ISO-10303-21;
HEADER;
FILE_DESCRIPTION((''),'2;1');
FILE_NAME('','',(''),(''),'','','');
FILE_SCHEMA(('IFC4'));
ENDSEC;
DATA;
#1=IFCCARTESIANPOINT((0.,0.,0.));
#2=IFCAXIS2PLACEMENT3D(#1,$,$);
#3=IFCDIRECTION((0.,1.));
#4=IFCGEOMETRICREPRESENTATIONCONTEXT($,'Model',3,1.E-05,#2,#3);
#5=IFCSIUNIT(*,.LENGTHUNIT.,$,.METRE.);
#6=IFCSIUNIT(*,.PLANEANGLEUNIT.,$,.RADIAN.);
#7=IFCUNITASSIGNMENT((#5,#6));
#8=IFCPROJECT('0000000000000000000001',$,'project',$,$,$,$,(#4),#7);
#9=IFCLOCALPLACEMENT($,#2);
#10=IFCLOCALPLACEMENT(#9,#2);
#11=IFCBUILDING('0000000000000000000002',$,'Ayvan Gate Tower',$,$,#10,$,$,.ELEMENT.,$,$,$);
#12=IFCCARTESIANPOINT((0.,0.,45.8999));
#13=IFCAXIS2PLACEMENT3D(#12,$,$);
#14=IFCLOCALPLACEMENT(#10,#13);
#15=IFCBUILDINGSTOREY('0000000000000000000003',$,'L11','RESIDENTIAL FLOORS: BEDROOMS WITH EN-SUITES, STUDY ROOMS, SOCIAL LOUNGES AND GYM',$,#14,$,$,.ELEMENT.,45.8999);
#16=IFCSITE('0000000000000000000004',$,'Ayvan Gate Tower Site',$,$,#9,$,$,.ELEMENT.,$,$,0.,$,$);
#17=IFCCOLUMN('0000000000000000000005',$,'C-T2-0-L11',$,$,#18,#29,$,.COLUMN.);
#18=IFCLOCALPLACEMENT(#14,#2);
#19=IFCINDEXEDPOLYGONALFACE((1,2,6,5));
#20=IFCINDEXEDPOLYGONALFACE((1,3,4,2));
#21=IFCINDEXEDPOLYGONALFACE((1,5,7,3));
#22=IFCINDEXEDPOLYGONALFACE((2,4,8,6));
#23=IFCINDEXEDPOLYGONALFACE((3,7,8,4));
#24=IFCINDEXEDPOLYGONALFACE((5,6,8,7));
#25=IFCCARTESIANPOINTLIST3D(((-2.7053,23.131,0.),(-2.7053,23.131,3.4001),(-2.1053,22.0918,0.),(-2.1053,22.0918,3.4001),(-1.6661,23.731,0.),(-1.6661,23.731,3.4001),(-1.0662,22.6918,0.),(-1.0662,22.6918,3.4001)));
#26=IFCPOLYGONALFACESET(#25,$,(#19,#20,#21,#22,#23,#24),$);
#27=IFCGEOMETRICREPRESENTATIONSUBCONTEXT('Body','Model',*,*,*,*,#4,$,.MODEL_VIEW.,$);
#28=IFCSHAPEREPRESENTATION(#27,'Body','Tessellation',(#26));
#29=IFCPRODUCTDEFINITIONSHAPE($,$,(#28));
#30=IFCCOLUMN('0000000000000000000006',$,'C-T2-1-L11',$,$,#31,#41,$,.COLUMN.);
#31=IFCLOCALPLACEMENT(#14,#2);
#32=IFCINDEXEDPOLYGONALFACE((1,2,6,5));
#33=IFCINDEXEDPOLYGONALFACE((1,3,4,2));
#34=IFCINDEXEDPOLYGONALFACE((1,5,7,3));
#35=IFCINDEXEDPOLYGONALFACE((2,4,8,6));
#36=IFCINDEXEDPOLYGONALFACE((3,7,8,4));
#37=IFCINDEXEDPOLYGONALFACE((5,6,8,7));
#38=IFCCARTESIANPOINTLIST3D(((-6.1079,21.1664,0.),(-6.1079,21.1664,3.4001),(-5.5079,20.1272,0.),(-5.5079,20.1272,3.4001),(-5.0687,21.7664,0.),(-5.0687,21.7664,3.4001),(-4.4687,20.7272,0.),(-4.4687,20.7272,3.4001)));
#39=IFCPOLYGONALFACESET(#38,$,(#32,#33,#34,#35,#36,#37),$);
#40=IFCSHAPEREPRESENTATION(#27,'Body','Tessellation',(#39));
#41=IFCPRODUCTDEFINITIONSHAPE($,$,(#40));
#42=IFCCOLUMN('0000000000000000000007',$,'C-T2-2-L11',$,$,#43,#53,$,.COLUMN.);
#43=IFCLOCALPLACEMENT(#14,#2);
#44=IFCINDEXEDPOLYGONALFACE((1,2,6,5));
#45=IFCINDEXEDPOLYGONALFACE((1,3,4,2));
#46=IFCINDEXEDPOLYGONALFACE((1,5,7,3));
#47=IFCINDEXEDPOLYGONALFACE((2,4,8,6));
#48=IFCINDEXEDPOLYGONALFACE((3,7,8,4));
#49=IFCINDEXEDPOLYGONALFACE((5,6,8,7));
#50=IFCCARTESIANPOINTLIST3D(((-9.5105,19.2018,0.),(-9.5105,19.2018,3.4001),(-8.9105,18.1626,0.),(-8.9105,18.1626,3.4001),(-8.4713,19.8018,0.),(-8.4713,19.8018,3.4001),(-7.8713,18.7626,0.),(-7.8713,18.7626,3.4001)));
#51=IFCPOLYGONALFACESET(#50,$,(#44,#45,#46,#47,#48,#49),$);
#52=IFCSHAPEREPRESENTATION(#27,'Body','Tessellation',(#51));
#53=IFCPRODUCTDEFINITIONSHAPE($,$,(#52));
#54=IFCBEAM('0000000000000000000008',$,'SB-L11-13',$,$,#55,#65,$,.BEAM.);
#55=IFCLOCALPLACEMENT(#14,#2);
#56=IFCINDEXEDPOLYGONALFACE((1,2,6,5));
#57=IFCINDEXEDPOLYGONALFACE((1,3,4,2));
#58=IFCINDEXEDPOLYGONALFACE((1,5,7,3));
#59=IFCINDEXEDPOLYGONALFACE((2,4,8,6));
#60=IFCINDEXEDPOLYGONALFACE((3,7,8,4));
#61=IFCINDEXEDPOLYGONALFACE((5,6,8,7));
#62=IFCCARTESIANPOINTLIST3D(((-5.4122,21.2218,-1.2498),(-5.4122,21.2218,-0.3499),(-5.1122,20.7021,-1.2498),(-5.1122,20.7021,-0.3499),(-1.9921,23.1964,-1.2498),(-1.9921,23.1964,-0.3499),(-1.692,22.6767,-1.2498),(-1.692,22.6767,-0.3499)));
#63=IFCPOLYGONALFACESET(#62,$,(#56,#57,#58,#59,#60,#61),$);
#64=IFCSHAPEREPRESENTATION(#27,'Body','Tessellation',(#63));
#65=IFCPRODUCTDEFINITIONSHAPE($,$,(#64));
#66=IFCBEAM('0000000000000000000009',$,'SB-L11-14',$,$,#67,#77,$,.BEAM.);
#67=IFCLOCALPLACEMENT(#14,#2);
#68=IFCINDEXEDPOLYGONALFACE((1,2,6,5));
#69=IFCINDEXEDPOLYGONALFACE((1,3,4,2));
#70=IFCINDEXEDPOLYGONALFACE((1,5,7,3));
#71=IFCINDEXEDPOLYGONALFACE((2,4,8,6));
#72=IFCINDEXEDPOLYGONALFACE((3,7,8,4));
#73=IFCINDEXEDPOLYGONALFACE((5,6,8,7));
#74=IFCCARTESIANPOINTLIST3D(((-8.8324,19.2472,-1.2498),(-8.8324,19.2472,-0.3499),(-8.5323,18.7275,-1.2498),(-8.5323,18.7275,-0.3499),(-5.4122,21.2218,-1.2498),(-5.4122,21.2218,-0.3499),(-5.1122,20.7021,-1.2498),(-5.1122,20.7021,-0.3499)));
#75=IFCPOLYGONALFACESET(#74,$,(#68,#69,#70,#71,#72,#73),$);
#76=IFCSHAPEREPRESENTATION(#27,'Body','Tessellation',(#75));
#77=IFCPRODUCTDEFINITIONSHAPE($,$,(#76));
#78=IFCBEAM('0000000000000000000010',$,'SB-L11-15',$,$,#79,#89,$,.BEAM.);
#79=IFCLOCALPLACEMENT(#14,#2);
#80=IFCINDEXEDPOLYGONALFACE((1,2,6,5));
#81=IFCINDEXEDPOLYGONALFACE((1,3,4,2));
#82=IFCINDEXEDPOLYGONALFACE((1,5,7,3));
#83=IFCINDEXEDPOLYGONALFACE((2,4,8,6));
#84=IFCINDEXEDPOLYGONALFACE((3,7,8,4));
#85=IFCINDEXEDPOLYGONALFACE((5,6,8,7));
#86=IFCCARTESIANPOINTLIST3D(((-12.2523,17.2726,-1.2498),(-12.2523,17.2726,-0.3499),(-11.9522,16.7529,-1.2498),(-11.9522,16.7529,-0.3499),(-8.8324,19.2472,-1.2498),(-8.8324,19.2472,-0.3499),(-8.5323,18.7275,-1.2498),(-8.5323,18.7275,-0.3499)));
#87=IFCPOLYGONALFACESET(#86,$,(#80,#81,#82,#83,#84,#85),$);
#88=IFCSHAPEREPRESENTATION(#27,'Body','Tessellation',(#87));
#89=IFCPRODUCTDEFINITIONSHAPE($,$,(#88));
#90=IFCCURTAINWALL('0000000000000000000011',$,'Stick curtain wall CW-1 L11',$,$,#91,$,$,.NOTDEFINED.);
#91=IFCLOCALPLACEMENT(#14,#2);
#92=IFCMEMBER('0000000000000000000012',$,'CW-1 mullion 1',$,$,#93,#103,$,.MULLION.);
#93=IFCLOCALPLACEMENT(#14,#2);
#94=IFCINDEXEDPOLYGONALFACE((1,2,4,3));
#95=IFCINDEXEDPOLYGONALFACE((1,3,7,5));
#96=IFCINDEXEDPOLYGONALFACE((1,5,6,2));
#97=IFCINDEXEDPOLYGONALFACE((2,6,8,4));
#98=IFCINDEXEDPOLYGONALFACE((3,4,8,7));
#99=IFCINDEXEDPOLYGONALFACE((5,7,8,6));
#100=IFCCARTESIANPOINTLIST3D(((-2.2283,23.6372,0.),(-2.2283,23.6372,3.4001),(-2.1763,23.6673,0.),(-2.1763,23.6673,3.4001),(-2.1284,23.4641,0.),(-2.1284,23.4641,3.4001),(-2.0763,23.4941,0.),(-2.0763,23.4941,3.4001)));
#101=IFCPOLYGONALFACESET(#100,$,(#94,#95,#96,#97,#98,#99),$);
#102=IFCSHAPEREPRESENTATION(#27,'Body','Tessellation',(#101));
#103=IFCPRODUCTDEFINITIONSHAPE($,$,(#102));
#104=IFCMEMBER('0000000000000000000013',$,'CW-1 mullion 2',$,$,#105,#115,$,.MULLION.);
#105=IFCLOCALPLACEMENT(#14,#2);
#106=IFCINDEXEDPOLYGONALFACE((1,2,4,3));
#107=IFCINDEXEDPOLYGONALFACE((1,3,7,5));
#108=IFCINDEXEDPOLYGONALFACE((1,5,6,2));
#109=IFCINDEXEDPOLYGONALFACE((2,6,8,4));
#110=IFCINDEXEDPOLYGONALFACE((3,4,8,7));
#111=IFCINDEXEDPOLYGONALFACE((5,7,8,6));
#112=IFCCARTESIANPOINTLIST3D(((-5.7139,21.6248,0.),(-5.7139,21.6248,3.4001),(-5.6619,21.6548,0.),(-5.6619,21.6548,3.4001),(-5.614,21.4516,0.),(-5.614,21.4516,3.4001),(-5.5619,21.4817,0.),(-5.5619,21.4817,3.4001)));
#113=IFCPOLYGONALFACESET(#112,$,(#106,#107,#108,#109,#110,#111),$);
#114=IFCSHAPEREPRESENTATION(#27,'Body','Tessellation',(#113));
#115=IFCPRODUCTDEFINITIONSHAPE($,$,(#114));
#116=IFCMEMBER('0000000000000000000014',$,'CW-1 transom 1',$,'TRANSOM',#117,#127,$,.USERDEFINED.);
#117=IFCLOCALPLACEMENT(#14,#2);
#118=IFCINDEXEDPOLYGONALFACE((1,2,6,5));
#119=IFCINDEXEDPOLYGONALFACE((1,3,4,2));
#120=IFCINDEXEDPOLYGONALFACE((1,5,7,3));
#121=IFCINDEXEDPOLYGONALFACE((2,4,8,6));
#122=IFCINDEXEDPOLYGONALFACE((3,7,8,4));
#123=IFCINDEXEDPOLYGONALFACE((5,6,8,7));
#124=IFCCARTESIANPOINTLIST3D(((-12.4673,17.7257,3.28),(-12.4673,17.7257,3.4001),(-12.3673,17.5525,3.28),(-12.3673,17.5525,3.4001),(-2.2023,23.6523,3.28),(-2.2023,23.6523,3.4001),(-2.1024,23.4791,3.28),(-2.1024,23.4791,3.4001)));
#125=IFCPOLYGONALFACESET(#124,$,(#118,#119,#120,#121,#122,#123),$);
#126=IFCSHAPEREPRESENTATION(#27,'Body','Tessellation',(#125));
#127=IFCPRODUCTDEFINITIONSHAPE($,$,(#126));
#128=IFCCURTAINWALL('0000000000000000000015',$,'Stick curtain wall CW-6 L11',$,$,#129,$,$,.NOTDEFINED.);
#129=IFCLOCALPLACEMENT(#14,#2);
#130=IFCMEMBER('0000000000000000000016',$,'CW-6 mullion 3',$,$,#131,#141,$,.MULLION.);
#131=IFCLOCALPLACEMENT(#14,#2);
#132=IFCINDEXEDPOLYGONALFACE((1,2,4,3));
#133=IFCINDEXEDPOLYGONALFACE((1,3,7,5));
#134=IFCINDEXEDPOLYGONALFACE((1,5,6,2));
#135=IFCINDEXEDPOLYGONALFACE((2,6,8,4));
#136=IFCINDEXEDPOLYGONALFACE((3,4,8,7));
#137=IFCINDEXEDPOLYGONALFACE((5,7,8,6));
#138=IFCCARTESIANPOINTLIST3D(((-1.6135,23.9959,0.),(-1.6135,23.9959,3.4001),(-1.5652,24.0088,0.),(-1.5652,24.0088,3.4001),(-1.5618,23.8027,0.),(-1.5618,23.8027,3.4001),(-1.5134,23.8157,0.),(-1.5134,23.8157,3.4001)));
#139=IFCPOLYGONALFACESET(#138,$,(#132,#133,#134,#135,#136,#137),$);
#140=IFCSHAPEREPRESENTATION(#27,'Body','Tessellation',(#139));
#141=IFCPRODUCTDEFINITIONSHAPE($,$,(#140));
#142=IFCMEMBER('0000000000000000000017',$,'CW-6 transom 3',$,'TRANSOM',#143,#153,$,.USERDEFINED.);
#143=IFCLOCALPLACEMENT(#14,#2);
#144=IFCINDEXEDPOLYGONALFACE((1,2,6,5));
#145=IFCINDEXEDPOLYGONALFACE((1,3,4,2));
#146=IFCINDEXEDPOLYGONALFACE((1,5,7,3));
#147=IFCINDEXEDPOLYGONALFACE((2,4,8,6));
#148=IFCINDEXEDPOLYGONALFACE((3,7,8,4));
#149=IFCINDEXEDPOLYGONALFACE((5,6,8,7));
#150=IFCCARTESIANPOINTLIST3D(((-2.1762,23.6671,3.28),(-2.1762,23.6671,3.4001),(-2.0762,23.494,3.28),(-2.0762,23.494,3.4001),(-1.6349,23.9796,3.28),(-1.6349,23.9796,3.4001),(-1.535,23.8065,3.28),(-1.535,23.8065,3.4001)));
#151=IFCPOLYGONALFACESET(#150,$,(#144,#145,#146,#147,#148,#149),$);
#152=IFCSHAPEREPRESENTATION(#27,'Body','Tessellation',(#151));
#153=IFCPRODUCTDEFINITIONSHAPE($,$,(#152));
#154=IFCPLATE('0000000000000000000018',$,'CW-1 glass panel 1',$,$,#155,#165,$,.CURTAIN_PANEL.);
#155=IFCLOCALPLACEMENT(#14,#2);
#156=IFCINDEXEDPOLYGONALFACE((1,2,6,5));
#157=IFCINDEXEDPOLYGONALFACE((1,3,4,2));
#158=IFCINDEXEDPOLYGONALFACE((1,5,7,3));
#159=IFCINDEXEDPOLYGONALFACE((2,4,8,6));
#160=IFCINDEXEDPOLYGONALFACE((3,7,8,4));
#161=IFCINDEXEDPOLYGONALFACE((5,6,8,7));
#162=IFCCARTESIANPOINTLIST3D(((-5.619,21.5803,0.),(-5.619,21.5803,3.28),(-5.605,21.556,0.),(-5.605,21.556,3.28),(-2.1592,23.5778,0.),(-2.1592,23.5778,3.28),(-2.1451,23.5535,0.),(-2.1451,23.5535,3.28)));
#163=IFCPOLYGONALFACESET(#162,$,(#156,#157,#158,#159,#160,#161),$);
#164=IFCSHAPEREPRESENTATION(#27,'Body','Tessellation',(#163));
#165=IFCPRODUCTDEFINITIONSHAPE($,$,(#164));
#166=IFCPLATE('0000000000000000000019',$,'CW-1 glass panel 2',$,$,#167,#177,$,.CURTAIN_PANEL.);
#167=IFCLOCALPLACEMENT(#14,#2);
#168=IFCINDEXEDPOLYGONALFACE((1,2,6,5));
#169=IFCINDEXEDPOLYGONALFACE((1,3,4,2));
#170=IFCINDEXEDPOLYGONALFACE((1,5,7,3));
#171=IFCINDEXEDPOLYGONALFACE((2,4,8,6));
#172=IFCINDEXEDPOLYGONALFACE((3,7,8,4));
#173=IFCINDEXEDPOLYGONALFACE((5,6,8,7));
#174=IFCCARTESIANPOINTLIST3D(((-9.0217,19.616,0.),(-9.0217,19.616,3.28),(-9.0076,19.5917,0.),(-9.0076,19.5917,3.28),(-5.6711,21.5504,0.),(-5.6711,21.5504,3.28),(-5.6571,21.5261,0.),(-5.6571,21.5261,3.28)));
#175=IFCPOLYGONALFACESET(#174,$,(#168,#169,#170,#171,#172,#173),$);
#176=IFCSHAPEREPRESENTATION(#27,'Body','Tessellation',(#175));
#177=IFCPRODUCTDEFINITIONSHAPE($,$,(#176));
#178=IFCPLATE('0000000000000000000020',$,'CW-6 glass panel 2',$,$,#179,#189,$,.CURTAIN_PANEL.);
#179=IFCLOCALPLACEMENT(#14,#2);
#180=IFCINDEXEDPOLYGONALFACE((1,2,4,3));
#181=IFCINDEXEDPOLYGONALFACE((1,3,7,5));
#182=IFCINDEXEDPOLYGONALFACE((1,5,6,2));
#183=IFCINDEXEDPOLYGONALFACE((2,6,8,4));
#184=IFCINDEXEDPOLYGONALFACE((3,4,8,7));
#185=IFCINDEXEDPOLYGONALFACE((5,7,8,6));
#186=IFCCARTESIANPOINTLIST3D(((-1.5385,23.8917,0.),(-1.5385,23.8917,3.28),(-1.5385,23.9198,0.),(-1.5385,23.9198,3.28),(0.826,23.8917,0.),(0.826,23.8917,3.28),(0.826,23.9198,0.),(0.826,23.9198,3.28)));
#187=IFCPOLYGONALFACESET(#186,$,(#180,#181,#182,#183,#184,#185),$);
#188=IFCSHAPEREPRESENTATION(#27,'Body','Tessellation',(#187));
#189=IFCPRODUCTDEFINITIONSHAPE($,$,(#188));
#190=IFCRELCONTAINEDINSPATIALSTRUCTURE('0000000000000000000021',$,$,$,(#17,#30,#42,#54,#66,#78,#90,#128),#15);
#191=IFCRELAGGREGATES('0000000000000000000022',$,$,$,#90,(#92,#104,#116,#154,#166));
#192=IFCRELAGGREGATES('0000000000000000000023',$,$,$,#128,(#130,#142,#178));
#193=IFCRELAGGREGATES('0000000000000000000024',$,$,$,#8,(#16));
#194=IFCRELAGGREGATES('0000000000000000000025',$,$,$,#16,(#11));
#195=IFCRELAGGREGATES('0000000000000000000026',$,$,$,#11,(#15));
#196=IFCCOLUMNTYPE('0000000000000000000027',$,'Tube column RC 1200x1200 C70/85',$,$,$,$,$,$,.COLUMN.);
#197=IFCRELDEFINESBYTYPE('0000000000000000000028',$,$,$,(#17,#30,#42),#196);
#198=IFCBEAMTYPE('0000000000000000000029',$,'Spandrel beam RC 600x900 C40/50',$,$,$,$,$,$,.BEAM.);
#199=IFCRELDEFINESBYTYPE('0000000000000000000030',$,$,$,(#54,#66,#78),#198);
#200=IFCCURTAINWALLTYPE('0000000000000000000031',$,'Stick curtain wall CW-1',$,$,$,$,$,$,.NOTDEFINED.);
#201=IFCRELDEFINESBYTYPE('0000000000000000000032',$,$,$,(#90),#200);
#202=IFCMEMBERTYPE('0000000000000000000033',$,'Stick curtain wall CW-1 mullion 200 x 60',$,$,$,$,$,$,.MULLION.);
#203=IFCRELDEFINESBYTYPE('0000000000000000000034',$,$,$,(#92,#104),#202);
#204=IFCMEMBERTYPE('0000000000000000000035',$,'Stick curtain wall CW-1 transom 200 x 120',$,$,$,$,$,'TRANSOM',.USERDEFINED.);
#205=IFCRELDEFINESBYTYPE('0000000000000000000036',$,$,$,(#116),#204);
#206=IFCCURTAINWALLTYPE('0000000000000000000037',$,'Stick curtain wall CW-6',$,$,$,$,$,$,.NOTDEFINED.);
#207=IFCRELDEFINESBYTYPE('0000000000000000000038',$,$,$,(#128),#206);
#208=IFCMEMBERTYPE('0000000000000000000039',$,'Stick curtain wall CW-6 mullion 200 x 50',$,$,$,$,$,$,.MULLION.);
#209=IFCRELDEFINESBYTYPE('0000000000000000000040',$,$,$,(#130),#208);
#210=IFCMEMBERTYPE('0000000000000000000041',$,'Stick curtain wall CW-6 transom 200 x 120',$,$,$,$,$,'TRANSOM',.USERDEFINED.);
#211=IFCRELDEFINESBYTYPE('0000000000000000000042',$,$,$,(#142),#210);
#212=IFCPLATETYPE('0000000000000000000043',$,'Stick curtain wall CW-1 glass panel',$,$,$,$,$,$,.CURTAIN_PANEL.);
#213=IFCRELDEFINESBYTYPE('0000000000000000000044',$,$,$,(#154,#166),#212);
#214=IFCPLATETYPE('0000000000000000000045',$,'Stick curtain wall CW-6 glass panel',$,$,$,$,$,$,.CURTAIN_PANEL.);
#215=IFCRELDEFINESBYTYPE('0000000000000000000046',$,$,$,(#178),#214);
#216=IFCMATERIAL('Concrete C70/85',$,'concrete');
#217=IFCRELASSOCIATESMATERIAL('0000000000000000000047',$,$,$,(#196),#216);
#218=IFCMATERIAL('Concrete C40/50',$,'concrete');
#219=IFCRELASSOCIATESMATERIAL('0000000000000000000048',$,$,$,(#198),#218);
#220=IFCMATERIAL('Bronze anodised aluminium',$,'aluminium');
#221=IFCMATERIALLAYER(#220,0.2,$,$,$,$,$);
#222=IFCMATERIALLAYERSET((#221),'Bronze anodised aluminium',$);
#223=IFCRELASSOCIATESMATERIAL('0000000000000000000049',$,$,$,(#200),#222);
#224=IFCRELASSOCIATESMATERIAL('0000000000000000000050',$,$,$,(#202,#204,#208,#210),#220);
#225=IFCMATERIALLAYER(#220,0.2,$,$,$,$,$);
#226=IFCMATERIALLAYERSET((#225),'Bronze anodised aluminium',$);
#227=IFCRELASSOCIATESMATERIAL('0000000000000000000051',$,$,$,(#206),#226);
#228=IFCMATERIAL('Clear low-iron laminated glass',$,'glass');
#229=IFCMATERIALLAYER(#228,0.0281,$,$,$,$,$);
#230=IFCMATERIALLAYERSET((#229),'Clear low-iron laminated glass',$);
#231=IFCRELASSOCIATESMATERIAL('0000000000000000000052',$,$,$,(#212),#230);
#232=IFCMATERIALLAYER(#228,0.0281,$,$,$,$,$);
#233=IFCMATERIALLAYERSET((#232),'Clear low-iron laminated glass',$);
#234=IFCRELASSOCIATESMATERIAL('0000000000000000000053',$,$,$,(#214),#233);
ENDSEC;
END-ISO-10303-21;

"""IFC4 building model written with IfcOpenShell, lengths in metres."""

from ifc_helpers import new_model, si_unit, direction, frame, origin, origin_2d, place, context, subcontext, project, spatial, rectangle, extrude, material, layer, layer_set, material_profile, profile_set, type_object, element, aggregate, save


model = new_model("IFC4")

# Units and contexts
model_context = context("Model", 3, precision=1e-05, world=origin(), true_north=direction((0.0, 1.0)))
body_context = subcontext(model_context, "Body", "Model", "MODEL_VIEW")
ifc_project = project(units=[si_unit("LENGTHUNIT", "METRE"), si_unit("PLANEANGLEUNIT", "RADIAN")], contexts=[model_context])

# Site, building, storey
site_placement = place(None, origin())
site = spatial("IfcSite", under=ifc_project, at=site_placement, Name="Ayvan Gate Tower Site", CompositionType="ELEMENT", RefElevation=0.0)
building_placement = place(site_placement, origin())
building = spatial("IfcBuilding", under=site, at=building_placement, Name="Ayvan Gate Tower", CompositionType="ELEMENT")
storey_placement = place(building_placement, frame((0.0, 0.0, 45.8999)))
storey = spatial("IfcBuildingStorey", under=building, at=storey_placement, Name="L11", Description="RESIDENTIAL FLOORS: BEDROOMS WITH EN-SUITES, STUDY ROOMS, SOCIAL LOUNGES AND GYM", CompositionType="ELEMENT", Elevation=45.8999)

# Columns
ifc_material_1 = material(Name="Concrete C70/85", Category="concrete")
ifc_material_profile_1 = material_profile(ifc_material_1, rectangle(XDim=1.2, YDim=1.2, at=origin_2d()), Name="RC 1200x1200")
ifc_profile_set_1 = profile_set([ifc_material_profile_1], Name="Concrete C70/85")
column_type = type_object("IfcColumnType", Name="Tube column RC 1200x1200 C70/85", PredefinedType="COLUMN", material=ifc_profile_set_1)
for number, where, z_axis, x_axis, name in (
    (1, (-1.8857, 22.9114, 0.0), (0.0, 0.0, 1.0), (-0.5, 0.866025, 0.0), "C-T2-0-L11"),
    (2, (-5.2883, 20.9468, 0.0), (0.0, 0.0, 1.0), (-0.5, 0.866025, 0.0), "C-T2-1-L11"),
    (3, (-8.6909, 18.9822, 0.0), (0.0, 0.0, 1.0), (-0.5, 0.866025, 0.0), "C-T2-2-L11"),
):
    element("IfcColumn", number, at=place(storey_placement, frame(where, z_axis=z_axis, x_axis=x_axis)), inside=storey, type_object=column_type, Name=name, PredefinedType="COLUMN", context=body_context, shape_type="SweptSolid", body=[
        extrude(rectangle(XDim=1.2, YDim=1.2, at=origin_2d()), origin(), (0.0, 0.0, 1.0), 3.4001),
    ])

# Beams
ifc_material_2 = material(Name="Concrete C40/50", Category="concrete")
ifc_material_profile_2 = material_profile(ifc_material_2, rectangle(XDim=0.6001, YDim=0.8999, at=origin_2d()), Name="RC 600x900")
ifc_profile_set_2 = profile_set([ifc_material_profile_2], Name="Concrete C40/50")
beam_type = type_object("IfcBeamType", Name="Spandrel beam RC 600x900 C40/50", PredefinedType="BEAM", material=ifc_profile_set_2)
for number, where, z_axis, x_axis, name in (
    (4, (-1.842, 22.9365, -0.7998), (-0.866028, -0.499995, 0.0), (0.499995, -0.866028, 0.0), "SB-L11-13"),
    (5, (-5.2622, 20.9619, -0.7998), (-0.866028, -0.499995, 0.0), (0.499995, -0.866028, 0.0), "SB-L11-14"),
):
    element("IfcBeam", number, at=place(storey_placement, frame(where, z_axis=z_axis, x_axis=x_axis)), inside=storey, type_object=beam_type, Name=name, PredefinedType="BEAM", context=body_context, shape_type="SweptSolid", body=[
        extrude(rectangle(XDim=0.6001, YDim=0.8999, at=origin_2d()), origin(), (0.0, 0.0, 1.0), 3.9492),
    ])
beam_placement = place(storey_placement, frame((-8.6824, 18.9873, -0.7998), z_axis=(-0.866013, -0.500022, 0.0), x_axis=(0.500022, -0.866013, 0.0)))
element("IfcBeam", 6, at=beam_placement, inside=storey, type_object=beam_type, Name="SB-L11-15", PredefinedType="BEAM", context=body_context, shape_type="SweptSolid", body=[
    extrude(rectangle(XDim=0.6001, YDim=0.8999, at=origin_2d()), origin(), (0.0, 0.0, 1.0), 3.949),
])

# Curtain walls, members
ifc_material_3 = material(Name="Bronze anodised aluminium", Category="aluminium")
ifc_layer_1 = layer(ifc_material_3, 0.2)
ifc_layer_set_1 = layer_set([ifc_layer_1], Name="Bronze anodised aluminium")
curtain_wall_type_1 = type_object("IfcCurtainWallType", Name="Stick curtain wall CW-1", PredefinedType="NOTDEFINED", material=ifc_layer_set_1)
curtain_wall_1_placement = place(storey_placement, origin())
curtain_wall_1 = element("IfcCurtainWall", 7, at=curtain_wall_1_placement, inside=storey, type_object=curtain_wall_type_1, Name="Stick curtain wall CW-1 L11", PredefinedType="NOTDEFINED")
ifc_material_profile_3 = material_profile(ifc_material_3, rectangle(XDim=0.2, YDim=0.0601, at=origin_2d()), Name="Stick curtain wall CW-1 mullion 200 x 60")
ifc_profile_set_3 = profile_set([ifc_material_profile_3], Name="Bronze anodised aluminium")
member_type_1 = type_object("IfcMemberType", Name="Stick curtain wall CW-1 mullion 200 x 60", PredefinedType="MULLION", material=ifc_profile_set_3)
member_1_placement = place(storey_placement, frame((-2.1523, 23.5657, 0.0), z_axis=(0.0, 0.0, 1.0), x_axis=(-0.5, 0.866025, 0.0)))
member_1 = element("IfcMember", 8, at=member_1_placement, type_object=member_type_1, Name="CW-1 mullion 1", PredefinedType="MULLION", context=body_context, shape_type="SweptSolid", body=[
    extrude(rectangle(XDim=0.2, YDim=0.0601, at=origin_2d()), origin(), (0.0, 0.0, 1.0), 3.4001),
])
member_2_placement = place(storey_placement, frame((-5.6379, 21.5532, 0.0), z_axis=(0.0, 0.0, 1.0), x_axis=(-0.5, 0.866025, 0.0)))
member_2 = element("IfcMember", 9, at=member_2_placement, type_object=member_type_1, Name="CW-1 mullion 2", PredefinedType="MULLION", context=body_context, shape_type="SweptSolid", body=[
    extrude(rectangle(XDim=0.2, YDim=0.0601, at=origin_2d()), origin(), (0.0, 0.0, 1.0), 3.4001),
])
ifc_material_profile_4 = material_profile(ifc_material_3, rectangle(XDim=0.2, YDim=0.1201, at=origin_2d()), Name="Stick curtain wall CW-1 transom 200 x 120")
ifc_profile_set_4 = profile_set([ifc_material_profile_4], Name="Bronze anodised aluminium")
member_type_2 = type_object("IfcMemberType", Name="Stick curtain wall CW-1 transom 200 x 120", ElementType="TRANSOM", PredefinedType="USERDEFINED", material=ifc_profile_set_4)
member_3_placement = place(storey_placement, frame((-2.1523, 23.5657, 3.3401), z_axis=(-0.866023, -0.500005, 0.0), x_axis=(0.500005, -0.866023, 0.0)))
member_3 = element("IfcMember", 10, at=member_3_placement, type_object=member_type_2, Name="CW-1 transom 1", ObjectType="TRANSOM", PredefinedType="USERDEFINED", context=body_context, shape_type="SweptSolid", body=[
    extrude(rectangle(XDim=0.2, YDim=0.1201, at=origin_2d()), origin(), (0.0, 0.0, 1.0), 11.853),
])
ifc_layer_2 = layer(ifc_material_3, 0.2)
ifc_layer_set_2 = layer_set([ifc_layer_2], Name="Bronze anodised aluminium")
curtain_wall_type_2 = type_object("IfcCurtainWallType", Name="Stick curtain wall CW-6", PredefinedType="NOTDEFINED", material=ifc_layer_set_2)
curtain_wall_2_placement = place(storey_placement, origin())
curtain_wall_2 = element("IfcCurtainWall", 11, at=curtain_wall_2_placement, inside=storey, type_object=curtain_wall_type_2, Name="Stick curtain wall CW-6 L11", PredefinedType="NOTDEFINED")
ifc_material_profile_5 = material_profile(ifc_material_3, rectangle(XDim=0.2, YDim=0.05, at=origin_2d()), Name="Stick curtain wall CW-6 mullion 200 x 50")
ifc_profile_set_5 = profile_set([ifc_material_profile_5], Name="Bronze anodised aluminium")
member_type_3 = type_object("IfcMemberType", Name="Stick curtain wall CW-6 mullion 200 x 50", PredefinedType="MULLION", material=ifc_profile_set_5)
member_4_placement = place(storey_placement, frame((-1.5635, 23.9058, 0.0), z_axis=(0.0, 0.0, 1.0), x_axis=(-0.258819, 0.965926, 0.0)))
member_4 = element("IfcMember", 12, at=member_4_placement, type_object=member_type_3, Name="CW-6 mullion 3", PredefinedType="MULLION", context=body_context, shape_type="SweptSolid", body=[
    extrude(rectangle(XDim=0.2, YDim=0.05, at=origin_2d()), origin(), (0.0, 0.0, 1.0), 3.4001),
])
ifc_material_profile_6 = material_profile(ifc_material_3, rectangle(XDim=0.2, YDim=0.1201, at=origin_2d()), Name="Stick curtain wall CW-6 transom 200 x 120")
ifc_profile_set_6 = profile_set([ifc_material_profile_6], Name="Bronze anodised aluminium")
member_type_4 = type_object("IfcMemberType", Name="Stick curtain wall CW-6 transom 200 x 120", ElementType="TRANSOM", PredefinedType="USERDEFINED", material=ifc_profile_set_6)
member_5_placement = place(storey_placement, frame((-1.585, 23.8931, 3.3401), z_axis=(-0.866023, -0.500004, 0.0), x_axis=(0.500004, -0.866023, 0.0)))
member_5 = element("IfcMember", 13, at=member_5_placement, type_object=member_type_4, Name="CW-6 transom 3", ObjectType="TRANSOM", PredefinedType="USERDEFINED", context=body_context, shape_type="SweptSolid", body=[
    extrude(rectangle(XDim=0.2, YDim=0.1201, at=origin_2d()), origin(), (0.0, 0.0, 1.0), 0.625),
])

# Plates
ifc_material_4 = material(Name="Clear low-iron laminated glass", Category="glass")
ifc_layer_3 = layer(ifc_material_4, 0.0281)
ifc_layer_set_3 = layer_set([ifc_layer_3], Name="Clear low-iron laminated glass")
plate_type_1 = type_object("IfcPlateType", Name="Stick curtain wall CW-1 glass panel", PredefinedType="CURTAIN_PANEL", material=ifc_layer_set_3)
plate_1_placement = place(storey_placement, frame((-3.8821, 22.5669, 0.0), z_axis=(0.0, 0.0, 1.0), x_axis=(-0.866025, -0.5, 0.0)))
plate_1 = element("IfcPlate", 14, at=plate_1_placement, type_object=plate_type_1, Name="CW-1 glass panel 1", PredefinedType="CURTAIN_PANEL", context=body_context, shape_type="SweptSolid", body=[
    extrude(rectangle(XDim=3.9951, YDim=0.0281, at=origin_2d()), origin(), (0.0, 0.0, 1.0), 3.28),
])
plate_2_placement = place(storey_placement, frame((-7.3394, 20.571, 0.0), z_axis=(0.0, 0.0, 1.0), x_axis=(-0.866025, -0.5, 0.0)))
plate_2 = element("IfcPlate", 15, at=plate_2_placement, type_object=plate_type_1, Name="CW-1 glass panel 2", PredefinedType="CURTAIN_PANEL", context=body_context, shape_type="SweptSolid", body=[
    extrude(rectangle(XDim=3.8689, YDim=0.0281, at=origin_2d()), origin(), (0.0, 0.0, 1.0), 3.28),
])
aggregate(curtain_wall_1, [member_1, member_2, member_3, plate_1, plate_2])
ifc_layer_4 = layer(ifc_material_4, 0.0281)
ifc_layer_set_4 = layer_set([ifc_layer_4], Name="Clear low-iron laminated glass")
plate_type_2 = type_object("IfcPlateType", Name="Stick curtain wall CW-6 glass panel", PredefinedType="CURTAIN_PANEL", material=ifc_layer_set_4)
plate_3_placement = place(storey_placement, frame((-0.3562, 23.9058, 0.0), z_axis=(0.0, 0.0, 1.0), x_axis=(-1.0, 0.0, 0.0)))
plate_3 = element("IfcPlate", 16, at=plate_3_placement, type_object=plate_type_2, Name="CW-6 glass panel 2", PredefinedType="CURTAIN_PANEL", context=body_context, shape_type="SweptSolid", body=[
    extrude(rectangle(XDim=2.3645, YDim=0.0281, at=origin_2d()), origin(), (0.0, 0.0, 1.0), 3.28),
])
aggregate(curtain_wall_2, [member_4, member_5, plate_3])

save(model, "model.ifc")
